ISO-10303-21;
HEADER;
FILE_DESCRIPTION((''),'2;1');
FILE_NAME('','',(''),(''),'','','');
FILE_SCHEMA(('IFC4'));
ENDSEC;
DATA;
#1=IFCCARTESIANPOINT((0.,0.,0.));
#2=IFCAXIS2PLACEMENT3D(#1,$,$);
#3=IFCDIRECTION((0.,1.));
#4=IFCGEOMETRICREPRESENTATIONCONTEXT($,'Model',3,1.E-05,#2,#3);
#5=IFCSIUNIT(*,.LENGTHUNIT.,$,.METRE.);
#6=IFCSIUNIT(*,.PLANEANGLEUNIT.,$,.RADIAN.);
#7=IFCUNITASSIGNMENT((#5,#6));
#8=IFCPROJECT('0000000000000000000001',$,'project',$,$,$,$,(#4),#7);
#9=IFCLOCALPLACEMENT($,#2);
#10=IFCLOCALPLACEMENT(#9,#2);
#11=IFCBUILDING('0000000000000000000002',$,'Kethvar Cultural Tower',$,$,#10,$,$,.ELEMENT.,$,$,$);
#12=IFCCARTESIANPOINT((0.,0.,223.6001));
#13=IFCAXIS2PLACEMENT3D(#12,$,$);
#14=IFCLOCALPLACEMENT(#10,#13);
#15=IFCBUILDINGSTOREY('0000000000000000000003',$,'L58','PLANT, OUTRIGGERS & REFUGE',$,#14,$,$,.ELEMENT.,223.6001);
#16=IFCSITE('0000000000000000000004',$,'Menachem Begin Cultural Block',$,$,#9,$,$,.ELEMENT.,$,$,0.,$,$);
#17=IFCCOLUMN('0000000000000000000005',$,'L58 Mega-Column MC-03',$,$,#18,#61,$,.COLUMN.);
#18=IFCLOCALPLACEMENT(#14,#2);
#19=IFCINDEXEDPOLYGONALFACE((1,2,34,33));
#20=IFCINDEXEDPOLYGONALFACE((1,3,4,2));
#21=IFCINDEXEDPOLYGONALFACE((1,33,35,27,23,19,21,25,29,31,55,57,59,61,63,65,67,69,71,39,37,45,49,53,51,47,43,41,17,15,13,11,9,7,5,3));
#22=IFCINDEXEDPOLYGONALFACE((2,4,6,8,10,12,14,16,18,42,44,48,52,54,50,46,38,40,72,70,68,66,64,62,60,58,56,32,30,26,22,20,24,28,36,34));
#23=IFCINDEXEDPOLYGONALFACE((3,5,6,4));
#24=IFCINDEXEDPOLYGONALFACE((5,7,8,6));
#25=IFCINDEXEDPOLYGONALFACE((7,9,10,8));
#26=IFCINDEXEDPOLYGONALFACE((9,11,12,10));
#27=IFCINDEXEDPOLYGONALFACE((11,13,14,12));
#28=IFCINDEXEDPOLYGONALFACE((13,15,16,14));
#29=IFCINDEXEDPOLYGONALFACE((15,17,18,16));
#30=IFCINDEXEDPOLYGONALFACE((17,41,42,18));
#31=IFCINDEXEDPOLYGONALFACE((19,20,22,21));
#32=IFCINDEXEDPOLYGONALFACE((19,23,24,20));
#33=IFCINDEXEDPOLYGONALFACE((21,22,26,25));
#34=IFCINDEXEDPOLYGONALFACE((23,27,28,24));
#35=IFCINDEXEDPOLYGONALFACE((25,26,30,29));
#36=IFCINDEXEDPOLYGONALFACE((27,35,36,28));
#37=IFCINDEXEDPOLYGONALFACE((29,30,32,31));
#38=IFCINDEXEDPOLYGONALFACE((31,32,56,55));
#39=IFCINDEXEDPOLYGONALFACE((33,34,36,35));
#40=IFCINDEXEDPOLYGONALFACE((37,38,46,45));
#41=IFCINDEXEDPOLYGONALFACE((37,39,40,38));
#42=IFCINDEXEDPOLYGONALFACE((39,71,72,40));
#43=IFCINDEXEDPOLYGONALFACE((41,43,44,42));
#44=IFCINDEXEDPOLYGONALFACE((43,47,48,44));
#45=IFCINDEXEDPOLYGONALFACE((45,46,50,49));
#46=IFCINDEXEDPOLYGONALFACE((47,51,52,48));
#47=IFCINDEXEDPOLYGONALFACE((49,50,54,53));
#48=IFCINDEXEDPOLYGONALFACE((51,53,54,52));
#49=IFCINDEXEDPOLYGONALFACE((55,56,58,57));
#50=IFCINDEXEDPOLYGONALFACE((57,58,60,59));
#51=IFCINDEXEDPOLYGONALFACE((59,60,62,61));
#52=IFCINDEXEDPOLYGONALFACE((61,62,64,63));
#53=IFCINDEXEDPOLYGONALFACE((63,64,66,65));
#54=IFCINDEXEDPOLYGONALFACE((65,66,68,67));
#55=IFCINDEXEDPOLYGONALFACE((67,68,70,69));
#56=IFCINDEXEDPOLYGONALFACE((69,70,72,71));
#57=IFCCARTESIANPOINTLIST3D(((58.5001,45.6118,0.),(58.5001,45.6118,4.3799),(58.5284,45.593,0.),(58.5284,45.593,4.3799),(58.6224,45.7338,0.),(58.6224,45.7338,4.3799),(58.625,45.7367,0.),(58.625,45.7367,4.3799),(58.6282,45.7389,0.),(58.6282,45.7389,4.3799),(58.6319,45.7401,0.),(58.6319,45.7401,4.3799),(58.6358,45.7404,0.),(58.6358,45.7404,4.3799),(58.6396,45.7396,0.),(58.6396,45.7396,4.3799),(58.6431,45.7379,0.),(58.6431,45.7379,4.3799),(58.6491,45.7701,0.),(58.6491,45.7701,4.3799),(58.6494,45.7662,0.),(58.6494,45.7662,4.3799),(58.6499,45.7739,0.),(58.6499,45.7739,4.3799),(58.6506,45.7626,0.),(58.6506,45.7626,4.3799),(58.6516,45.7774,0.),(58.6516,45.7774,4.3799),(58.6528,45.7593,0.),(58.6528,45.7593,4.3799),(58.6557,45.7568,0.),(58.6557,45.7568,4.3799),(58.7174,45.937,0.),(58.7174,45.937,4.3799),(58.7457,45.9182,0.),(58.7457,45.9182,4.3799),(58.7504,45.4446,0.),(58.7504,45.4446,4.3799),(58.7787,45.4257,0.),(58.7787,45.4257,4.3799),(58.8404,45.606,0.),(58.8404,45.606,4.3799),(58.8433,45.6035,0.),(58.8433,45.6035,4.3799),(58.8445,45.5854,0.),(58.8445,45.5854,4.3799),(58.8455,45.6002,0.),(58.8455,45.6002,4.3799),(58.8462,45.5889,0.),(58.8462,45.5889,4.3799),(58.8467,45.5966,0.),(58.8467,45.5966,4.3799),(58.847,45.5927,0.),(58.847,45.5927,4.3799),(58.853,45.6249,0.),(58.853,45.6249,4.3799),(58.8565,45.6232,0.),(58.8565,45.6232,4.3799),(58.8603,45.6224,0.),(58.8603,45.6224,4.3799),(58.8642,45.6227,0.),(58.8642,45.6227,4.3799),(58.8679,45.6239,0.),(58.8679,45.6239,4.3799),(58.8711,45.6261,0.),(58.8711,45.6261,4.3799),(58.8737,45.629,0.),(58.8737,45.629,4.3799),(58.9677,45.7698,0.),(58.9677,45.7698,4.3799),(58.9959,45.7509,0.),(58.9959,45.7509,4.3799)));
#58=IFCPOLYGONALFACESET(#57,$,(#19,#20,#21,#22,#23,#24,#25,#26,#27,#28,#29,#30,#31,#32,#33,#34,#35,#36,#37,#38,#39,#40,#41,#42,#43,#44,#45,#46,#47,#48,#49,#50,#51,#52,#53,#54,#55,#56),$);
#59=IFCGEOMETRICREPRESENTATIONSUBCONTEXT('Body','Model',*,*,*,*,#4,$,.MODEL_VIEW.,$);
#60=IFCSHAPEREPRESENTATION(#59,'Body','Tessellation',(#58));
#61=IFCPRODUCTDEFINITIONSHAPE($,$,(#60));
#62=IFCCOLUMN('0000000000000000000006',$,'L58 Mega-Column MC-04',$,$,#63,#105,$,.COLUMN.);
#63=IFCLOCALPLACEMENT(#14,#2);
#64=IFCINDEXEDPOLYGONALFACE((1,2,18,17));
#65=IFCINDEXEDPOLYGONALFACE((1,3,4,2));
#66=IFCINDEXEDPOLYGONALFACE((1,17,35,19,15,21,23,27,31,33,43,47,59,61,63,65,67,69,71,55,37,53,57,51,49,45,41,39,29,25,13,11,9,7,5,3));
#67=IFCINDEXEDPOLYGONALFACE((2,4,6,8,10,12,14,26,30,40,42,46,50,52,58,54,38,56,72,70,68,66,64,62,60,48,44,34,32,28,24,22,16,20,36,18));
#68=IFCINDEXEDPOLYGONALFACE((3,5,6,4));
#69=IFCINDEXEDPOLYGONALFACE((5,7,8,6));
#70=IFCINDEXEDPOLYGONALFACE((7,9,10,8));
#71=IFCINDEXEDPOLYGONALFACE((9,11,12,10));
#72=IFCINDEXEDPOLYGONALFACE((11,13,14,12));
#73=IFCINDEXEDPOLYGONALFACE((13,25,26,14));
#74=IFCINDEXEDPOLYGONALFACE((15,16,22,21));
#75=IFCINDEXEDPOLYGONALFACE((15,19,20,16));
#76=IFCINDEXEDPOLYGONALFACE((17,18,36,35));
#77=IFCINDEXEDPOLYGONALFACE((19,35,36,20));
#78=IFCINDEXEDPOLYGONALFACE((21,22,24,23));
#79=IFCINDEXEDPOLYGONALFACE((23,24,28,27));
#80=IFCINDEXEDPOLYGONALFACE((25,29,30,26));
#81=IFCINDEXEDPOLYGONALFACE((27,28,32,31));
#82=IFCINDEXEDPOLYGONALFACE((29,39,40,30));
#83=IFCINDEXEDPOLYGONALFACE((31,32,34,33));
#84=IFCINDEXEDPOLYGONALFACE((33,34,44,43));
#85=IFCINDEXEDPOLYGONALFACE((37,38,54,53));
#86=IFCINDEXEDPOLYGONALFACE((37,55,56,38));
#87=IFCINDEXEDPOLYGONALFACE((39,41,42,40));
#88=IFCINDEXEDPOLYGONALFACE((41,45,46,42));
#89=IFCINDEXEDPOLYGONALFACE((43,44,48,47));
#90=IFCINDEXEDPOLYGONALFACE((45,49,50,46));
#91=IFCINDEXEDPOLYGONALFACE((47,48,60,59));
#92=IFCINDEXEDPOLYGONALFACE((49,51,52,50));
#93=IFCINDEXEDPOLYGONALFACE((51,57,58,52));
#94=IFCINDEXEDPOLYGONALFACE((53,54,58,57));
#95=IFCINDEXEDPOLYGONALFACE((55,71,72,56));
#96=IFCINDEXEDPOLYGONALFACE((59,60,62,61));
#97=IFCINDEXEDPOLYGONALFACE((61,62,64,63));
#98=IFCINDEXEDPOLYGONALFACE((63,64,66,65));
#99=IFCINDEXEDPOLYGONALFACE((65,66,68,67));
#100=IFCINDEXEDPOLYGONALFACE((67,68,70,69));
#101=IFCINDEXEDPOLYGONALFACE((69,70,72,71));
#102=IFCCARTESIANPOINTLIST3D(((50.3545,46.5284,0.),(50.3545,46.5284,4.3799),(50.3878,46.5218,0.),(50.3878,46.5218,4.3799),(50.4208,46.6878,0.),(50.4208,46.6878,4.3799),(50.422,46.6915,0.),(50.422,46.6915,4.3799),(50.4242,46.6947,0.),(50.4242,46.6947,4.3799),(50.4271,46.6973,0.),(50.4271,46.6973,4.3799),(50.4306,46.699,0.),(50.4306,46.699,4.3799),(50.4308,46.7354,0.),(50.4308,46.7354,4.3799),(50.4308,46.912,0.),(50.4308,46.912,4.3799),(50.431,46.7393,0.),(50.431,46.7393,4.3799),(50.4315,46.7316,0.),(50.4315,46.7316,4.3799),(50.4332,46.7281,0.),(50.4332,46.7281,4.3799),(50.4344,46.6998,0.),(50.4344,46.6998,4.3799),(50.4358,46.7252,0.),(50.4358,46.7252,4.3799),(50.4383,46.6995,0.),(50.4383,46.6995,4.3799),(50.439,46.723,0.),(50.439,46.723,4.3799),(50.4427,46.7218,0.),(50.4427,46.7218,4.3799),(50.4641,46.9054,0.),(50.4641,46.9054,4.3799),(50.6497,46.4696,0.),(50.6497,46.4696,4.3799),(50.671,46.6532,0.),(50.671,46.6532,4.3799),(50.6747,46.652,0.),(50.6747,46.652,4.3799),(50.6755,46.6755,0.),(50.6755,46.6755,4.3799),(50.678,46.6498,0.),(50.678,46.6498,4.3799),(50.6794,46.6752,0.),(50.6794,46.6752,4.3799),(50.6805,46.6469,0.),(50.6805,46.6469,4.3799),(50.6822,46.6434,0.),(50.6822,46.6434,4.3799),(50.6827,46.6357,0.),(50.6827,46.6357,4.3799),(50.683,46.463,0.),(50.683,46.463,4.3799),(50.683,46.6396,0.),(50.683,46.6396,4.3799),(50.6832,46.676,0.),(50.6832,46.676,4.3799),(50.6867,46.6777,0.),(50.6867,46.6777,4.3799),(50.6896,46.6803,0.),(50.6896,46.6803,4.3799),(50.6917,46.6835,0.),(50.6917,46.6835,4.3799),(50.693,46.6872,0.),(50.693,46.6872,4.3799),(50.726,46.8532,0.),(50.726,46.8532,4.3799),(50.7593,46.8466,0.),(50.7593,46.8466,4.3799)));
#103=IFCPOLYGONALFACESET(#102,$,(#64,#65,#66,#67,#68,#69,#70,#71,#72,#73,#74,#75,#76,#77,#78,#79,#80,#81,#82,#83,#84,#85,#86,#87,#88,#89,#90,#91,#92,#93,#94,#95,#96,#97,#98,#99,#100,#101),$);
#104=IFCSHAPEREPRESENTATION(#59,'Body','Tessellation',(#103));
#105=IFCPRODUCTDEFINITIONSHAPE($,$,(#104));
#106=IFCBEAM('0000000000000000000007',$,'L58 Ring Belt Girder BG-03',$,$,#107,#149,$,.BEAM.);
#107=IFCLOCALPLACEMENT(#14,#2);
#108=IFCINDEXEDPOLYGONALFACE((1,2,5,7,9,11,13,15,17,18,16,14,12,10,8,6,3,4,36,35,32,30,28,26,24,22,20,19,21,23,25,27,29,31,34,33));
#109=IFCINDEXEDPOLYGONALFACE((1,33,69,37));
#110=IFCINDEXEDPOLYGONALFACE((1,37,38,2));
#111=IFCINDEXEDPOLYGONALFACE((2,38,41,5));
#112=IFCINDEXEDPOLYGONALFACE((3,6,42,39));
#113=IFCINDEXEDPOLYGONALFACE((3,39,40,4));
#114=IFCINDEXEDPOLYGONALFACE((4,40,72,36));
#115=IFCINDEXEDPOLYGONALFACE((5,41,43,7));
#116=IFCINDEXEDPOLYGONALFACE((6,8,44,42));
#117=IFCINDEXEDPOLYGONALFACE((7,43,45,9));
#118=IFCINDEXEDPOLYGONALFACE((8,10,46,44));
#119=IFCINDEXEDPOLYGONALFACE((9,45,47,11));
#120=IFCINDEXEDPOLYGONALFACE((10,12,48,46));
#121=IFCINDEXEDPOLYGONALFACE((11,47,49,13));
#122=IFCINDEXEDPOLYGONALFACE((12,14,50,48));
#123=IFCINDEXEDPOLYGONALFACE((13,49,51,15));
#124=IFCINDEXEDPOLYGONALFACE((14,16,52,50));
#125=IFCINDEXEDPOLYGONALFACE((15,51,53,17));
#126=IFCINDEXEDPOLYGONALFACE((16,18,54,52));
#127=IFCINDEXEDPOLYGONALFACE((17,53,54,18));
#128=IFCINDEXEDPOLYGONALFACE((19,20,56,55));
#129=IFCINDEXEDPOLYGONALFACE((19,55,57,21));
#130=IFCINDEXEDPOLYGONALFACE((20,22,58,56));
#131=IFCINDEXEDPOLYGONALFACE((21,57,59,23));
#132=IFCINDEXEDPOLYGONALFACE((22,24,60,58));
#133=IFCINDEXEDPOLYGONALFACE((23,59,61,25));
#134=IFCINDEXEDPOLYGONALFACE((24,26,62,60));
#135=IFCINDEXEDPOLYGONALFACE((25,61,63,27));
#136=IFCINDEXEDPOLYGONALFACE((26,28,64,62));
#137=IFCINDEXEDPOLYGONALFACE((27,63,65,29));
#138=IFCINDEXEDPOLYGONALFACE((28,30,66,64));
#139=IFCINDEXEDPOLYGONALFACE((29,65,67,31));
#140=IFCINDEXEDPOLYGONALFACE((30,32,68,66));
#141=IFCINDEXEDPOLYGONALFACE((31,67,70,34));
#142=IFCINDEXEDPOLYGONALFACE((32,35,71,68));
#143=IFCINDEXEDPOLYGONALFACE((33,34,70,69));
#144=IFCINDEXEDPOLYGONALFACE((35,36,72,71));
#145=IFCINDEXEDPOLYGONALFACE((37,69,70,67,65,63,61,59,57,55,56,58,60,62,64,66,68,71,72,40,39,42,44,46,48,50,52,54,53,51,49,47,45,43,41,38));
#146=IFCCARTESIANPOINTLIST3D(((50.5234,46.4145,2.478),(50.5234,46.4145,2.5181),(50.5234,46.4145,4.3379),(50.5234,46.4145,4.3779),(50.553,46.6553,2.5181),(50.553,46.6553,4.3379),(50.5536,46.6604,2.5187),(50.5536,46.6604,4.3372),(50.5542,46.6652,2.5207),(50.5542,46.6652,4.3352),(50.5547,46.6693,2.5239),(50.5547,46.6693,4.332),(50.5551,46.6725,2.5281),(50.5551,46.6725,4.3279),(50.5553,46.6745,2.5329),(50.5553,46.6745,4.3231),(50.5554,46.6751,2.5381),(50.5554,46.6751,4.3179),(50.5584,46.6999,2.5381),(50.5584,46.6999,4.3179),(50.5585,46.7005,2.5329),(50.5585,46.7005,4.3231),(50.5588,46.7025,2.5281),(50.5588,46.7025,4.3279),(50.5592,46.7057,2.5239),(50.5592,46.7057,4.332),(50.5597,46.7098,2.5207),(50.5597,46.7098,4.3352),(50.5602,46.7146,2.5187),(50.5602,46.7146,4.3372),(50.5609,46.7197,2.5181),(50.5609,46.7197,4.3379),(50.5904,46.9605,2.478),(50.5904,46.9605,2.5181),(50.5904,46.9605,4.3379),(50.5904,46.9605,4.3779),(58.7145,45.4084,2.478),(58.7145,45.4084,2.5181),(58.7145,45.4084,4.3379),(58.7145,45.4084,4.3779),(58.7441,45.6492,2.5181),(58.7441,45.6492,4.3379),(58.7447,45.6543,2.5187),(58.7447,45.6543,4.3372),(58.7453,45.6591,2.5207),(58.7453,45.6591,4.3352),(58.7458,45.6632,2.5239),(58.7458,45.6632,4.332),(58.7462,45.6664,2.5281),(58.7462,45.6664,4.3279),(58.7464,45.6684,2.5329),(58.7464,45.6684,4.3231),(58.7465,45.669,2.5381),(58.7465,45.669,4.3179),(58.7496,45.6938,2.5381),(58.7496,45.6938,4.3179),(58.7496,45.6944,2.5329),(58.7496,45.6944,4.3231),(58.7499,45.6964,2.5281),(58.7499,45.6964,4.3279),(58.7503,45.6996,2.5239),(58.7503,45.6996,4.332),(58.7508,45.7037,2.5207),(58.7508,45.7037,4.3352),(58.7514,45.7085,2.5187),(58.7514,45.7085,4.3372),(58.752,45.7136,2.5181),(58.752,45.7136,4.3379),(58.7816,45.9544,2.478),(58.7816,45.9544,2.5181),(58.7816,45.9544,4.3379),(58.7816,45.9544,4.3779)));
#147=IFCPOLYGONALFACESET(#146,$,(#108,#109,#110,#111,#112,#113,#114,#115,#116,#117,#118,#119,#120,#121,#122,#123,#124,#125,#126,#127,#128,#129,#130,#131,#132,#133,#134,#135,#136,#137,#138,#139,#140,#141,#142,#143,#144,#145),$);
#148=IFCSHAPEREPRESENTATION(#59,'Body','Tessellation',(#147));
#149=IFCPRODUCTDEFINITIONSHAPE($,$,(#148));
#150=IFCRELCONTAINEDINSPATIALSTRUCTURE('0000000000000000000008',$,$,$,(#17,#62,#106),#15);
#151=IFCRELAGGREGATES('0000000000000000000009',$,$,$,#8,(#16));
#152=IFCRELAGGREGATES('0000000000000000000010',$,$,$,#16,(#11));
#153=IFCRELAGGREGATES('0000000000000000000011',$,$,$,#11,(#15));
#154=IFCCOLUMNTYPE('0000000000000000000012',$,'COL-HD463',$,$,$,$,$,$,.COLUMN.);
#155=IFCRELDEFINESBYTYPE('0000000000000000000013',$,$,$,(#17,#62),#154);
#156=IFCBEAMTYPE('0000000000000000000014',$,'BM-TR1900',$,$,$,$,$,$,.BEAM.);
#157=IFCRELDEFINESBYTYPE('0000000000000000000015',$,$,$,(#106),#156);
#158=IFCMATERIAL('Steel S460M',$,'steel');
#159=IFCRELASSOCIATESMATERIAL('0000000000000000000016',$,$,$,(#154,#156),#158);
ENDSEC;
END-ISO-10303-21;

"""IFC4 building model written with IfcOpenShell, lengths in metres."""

from ifc_helpers import new_model, si_unit, direction, frame, origin, origin_2d, place, context, subcontext, project, spatial, i_section, extrude, source, transform, mapped, material, material_profile, profile_set, type_object, element, save


model = new_model("IFC4")

# Units and contexts
model_context = context("Model", 3, precision=1e-05, world=origin(), true_north=direction((0.0, 1.0)))
body_context = subcontext(model_context, "Body", "Model", "MODEL_VIEW")
ifc_project = project(units=[si_unit("LENGTHUNIT", "METRE"), si_unit("PLANEANGLEUNIT", "RADIAN")], contexts=[model_context])

# Site, building, storey
site_placement = place(None, origin())
site = spatial("IfcSite", under=ifc_project, at=site_placement, Name="Menachem Begin Cultural Block", CompositionType="ELEMENT", RefElevation=0.0)
building_placement = place(site_placement, origin())
building = spatial("IfcBuilding", under=site, at=building_placement, Name="Kethvar Cultural Tower", CompositionType="ELEMENT")
storey_placement = place(building_placement, frame((0.0, 0.0, 223.6001)))
storey = spatial("IfcBuildingStorey", under=building, at=storey_placement, Name="L58", Description="PLANT, OUTRIGGERS & REFUGE", CompositionType="ELEMENT", Elevation=223.6001)

# Columns
ifc_material_1 = material(Name="Steel S460M", Category="steel")
ifc_material_profile_1 = material_profile(ifc_material_1, i_section(OverallWidth=0.3911, OverallDepth=0.335, WebThickness=0.0227, FlangeThickness=0.0339, FilletRadius=0.0149, at=origin_2d()), Name="Steel S460M — HD400x463")
ifc_profile_set_1 = profile_set([ifc_material_profile_1], Name="Steel S460M — HD400x463")
column_type = type_object("IfcColumnType", Name="COL-HD463", PredefinedType="COLUMN", material=ifc_profile_set_1)
shared_shape_1 = source(origin(), body_context, "Body", "SweptSolid", [
    extrude(i_section(OverallWidth=0.3911, OverallDepth=0.335, WebThickness=0.0227, FlangeThickness=0.0339, FilletRadius=0.0149, at=origin_2d()), origin(), (0.0, 0.0, 1.0), 4.3799),
])
for number, where, z_axis, x_axis, name in (
    (1, (58.748, 45.6814, 0.0), (0.0, 0.0, 1.0), (0.55557, 0.83147, 0.0), "L58 Mega-Column MC-03"),
    (2, (50.5569, 46.6875, 0.0), (0.0, 0.0, 1.0), (0.19509, 0.980785, 0.0), "L58 Mega-Column MC-04"),
):
    element("IfcColumn", number, at=place(storey_placement, frame(where, z_axis=z_axis, x_axis=x_axis)), inside=storey, type_object=column_type, Name=name, PredefinedType="COLUMN", context=body_context, shape_type="MappedRepresentation", body=[
        mapped(shared_shape_1, transform((0.0, 0.0, 0.0), scale=1.0)),
    ])

# Beam
ifc_material_profile_2 = material_profile(ifc_material_1, i_section(OverallWidth=0.55, OverallDepth=1.8999, WebThickness=0.0249, FlangeThickness=0.04, FilletRadius=0.02, at=origin_2d()), Name="Steel S460M — PG1900x550x40x25")
ifc_profile_set_2 = profile_set([ifc_material_profile_2], Name="Steel S460M — PG1900x550x40x25")
beam_type = type_object("IfcBeamType", Name="BM-TR1900", PredefinedType="BEAM", material=ifc_profile_set_2)
shared_shape_2 = source(origin(), body_context, "Body", "SweptSolid", [
    extrude(i_section(OverallWidth=0.55, OverallDepth=1.8999, WebThickness=0.0249, FlangeThickness=0.04, FilletRadius=0.02, at=origin_2d()), origin(), (0.0, 0.0, 1.0), 8.2527),
])
beam_1_placement = place(storey_placement, frame((58.748, 45.6814, 3.428), z_axis=(-0.992541, 0.121912, 0.0), x_axis=(-0.121912, -0.992541, 0.0)))
element("IfcBeam", 3, at=beam_1_placement, inside=storey, type_object=beam_type, Name="L58 Ring Belt Girder BG-03", PredefinedType="BEAM", context=body_context, shape_type="MappedRepresentation", body=[
    mapped(shared_shape_2, transform((0.0, 0.0, 0.0), scale=1.0)),
])

save(model, "model.ifc")
